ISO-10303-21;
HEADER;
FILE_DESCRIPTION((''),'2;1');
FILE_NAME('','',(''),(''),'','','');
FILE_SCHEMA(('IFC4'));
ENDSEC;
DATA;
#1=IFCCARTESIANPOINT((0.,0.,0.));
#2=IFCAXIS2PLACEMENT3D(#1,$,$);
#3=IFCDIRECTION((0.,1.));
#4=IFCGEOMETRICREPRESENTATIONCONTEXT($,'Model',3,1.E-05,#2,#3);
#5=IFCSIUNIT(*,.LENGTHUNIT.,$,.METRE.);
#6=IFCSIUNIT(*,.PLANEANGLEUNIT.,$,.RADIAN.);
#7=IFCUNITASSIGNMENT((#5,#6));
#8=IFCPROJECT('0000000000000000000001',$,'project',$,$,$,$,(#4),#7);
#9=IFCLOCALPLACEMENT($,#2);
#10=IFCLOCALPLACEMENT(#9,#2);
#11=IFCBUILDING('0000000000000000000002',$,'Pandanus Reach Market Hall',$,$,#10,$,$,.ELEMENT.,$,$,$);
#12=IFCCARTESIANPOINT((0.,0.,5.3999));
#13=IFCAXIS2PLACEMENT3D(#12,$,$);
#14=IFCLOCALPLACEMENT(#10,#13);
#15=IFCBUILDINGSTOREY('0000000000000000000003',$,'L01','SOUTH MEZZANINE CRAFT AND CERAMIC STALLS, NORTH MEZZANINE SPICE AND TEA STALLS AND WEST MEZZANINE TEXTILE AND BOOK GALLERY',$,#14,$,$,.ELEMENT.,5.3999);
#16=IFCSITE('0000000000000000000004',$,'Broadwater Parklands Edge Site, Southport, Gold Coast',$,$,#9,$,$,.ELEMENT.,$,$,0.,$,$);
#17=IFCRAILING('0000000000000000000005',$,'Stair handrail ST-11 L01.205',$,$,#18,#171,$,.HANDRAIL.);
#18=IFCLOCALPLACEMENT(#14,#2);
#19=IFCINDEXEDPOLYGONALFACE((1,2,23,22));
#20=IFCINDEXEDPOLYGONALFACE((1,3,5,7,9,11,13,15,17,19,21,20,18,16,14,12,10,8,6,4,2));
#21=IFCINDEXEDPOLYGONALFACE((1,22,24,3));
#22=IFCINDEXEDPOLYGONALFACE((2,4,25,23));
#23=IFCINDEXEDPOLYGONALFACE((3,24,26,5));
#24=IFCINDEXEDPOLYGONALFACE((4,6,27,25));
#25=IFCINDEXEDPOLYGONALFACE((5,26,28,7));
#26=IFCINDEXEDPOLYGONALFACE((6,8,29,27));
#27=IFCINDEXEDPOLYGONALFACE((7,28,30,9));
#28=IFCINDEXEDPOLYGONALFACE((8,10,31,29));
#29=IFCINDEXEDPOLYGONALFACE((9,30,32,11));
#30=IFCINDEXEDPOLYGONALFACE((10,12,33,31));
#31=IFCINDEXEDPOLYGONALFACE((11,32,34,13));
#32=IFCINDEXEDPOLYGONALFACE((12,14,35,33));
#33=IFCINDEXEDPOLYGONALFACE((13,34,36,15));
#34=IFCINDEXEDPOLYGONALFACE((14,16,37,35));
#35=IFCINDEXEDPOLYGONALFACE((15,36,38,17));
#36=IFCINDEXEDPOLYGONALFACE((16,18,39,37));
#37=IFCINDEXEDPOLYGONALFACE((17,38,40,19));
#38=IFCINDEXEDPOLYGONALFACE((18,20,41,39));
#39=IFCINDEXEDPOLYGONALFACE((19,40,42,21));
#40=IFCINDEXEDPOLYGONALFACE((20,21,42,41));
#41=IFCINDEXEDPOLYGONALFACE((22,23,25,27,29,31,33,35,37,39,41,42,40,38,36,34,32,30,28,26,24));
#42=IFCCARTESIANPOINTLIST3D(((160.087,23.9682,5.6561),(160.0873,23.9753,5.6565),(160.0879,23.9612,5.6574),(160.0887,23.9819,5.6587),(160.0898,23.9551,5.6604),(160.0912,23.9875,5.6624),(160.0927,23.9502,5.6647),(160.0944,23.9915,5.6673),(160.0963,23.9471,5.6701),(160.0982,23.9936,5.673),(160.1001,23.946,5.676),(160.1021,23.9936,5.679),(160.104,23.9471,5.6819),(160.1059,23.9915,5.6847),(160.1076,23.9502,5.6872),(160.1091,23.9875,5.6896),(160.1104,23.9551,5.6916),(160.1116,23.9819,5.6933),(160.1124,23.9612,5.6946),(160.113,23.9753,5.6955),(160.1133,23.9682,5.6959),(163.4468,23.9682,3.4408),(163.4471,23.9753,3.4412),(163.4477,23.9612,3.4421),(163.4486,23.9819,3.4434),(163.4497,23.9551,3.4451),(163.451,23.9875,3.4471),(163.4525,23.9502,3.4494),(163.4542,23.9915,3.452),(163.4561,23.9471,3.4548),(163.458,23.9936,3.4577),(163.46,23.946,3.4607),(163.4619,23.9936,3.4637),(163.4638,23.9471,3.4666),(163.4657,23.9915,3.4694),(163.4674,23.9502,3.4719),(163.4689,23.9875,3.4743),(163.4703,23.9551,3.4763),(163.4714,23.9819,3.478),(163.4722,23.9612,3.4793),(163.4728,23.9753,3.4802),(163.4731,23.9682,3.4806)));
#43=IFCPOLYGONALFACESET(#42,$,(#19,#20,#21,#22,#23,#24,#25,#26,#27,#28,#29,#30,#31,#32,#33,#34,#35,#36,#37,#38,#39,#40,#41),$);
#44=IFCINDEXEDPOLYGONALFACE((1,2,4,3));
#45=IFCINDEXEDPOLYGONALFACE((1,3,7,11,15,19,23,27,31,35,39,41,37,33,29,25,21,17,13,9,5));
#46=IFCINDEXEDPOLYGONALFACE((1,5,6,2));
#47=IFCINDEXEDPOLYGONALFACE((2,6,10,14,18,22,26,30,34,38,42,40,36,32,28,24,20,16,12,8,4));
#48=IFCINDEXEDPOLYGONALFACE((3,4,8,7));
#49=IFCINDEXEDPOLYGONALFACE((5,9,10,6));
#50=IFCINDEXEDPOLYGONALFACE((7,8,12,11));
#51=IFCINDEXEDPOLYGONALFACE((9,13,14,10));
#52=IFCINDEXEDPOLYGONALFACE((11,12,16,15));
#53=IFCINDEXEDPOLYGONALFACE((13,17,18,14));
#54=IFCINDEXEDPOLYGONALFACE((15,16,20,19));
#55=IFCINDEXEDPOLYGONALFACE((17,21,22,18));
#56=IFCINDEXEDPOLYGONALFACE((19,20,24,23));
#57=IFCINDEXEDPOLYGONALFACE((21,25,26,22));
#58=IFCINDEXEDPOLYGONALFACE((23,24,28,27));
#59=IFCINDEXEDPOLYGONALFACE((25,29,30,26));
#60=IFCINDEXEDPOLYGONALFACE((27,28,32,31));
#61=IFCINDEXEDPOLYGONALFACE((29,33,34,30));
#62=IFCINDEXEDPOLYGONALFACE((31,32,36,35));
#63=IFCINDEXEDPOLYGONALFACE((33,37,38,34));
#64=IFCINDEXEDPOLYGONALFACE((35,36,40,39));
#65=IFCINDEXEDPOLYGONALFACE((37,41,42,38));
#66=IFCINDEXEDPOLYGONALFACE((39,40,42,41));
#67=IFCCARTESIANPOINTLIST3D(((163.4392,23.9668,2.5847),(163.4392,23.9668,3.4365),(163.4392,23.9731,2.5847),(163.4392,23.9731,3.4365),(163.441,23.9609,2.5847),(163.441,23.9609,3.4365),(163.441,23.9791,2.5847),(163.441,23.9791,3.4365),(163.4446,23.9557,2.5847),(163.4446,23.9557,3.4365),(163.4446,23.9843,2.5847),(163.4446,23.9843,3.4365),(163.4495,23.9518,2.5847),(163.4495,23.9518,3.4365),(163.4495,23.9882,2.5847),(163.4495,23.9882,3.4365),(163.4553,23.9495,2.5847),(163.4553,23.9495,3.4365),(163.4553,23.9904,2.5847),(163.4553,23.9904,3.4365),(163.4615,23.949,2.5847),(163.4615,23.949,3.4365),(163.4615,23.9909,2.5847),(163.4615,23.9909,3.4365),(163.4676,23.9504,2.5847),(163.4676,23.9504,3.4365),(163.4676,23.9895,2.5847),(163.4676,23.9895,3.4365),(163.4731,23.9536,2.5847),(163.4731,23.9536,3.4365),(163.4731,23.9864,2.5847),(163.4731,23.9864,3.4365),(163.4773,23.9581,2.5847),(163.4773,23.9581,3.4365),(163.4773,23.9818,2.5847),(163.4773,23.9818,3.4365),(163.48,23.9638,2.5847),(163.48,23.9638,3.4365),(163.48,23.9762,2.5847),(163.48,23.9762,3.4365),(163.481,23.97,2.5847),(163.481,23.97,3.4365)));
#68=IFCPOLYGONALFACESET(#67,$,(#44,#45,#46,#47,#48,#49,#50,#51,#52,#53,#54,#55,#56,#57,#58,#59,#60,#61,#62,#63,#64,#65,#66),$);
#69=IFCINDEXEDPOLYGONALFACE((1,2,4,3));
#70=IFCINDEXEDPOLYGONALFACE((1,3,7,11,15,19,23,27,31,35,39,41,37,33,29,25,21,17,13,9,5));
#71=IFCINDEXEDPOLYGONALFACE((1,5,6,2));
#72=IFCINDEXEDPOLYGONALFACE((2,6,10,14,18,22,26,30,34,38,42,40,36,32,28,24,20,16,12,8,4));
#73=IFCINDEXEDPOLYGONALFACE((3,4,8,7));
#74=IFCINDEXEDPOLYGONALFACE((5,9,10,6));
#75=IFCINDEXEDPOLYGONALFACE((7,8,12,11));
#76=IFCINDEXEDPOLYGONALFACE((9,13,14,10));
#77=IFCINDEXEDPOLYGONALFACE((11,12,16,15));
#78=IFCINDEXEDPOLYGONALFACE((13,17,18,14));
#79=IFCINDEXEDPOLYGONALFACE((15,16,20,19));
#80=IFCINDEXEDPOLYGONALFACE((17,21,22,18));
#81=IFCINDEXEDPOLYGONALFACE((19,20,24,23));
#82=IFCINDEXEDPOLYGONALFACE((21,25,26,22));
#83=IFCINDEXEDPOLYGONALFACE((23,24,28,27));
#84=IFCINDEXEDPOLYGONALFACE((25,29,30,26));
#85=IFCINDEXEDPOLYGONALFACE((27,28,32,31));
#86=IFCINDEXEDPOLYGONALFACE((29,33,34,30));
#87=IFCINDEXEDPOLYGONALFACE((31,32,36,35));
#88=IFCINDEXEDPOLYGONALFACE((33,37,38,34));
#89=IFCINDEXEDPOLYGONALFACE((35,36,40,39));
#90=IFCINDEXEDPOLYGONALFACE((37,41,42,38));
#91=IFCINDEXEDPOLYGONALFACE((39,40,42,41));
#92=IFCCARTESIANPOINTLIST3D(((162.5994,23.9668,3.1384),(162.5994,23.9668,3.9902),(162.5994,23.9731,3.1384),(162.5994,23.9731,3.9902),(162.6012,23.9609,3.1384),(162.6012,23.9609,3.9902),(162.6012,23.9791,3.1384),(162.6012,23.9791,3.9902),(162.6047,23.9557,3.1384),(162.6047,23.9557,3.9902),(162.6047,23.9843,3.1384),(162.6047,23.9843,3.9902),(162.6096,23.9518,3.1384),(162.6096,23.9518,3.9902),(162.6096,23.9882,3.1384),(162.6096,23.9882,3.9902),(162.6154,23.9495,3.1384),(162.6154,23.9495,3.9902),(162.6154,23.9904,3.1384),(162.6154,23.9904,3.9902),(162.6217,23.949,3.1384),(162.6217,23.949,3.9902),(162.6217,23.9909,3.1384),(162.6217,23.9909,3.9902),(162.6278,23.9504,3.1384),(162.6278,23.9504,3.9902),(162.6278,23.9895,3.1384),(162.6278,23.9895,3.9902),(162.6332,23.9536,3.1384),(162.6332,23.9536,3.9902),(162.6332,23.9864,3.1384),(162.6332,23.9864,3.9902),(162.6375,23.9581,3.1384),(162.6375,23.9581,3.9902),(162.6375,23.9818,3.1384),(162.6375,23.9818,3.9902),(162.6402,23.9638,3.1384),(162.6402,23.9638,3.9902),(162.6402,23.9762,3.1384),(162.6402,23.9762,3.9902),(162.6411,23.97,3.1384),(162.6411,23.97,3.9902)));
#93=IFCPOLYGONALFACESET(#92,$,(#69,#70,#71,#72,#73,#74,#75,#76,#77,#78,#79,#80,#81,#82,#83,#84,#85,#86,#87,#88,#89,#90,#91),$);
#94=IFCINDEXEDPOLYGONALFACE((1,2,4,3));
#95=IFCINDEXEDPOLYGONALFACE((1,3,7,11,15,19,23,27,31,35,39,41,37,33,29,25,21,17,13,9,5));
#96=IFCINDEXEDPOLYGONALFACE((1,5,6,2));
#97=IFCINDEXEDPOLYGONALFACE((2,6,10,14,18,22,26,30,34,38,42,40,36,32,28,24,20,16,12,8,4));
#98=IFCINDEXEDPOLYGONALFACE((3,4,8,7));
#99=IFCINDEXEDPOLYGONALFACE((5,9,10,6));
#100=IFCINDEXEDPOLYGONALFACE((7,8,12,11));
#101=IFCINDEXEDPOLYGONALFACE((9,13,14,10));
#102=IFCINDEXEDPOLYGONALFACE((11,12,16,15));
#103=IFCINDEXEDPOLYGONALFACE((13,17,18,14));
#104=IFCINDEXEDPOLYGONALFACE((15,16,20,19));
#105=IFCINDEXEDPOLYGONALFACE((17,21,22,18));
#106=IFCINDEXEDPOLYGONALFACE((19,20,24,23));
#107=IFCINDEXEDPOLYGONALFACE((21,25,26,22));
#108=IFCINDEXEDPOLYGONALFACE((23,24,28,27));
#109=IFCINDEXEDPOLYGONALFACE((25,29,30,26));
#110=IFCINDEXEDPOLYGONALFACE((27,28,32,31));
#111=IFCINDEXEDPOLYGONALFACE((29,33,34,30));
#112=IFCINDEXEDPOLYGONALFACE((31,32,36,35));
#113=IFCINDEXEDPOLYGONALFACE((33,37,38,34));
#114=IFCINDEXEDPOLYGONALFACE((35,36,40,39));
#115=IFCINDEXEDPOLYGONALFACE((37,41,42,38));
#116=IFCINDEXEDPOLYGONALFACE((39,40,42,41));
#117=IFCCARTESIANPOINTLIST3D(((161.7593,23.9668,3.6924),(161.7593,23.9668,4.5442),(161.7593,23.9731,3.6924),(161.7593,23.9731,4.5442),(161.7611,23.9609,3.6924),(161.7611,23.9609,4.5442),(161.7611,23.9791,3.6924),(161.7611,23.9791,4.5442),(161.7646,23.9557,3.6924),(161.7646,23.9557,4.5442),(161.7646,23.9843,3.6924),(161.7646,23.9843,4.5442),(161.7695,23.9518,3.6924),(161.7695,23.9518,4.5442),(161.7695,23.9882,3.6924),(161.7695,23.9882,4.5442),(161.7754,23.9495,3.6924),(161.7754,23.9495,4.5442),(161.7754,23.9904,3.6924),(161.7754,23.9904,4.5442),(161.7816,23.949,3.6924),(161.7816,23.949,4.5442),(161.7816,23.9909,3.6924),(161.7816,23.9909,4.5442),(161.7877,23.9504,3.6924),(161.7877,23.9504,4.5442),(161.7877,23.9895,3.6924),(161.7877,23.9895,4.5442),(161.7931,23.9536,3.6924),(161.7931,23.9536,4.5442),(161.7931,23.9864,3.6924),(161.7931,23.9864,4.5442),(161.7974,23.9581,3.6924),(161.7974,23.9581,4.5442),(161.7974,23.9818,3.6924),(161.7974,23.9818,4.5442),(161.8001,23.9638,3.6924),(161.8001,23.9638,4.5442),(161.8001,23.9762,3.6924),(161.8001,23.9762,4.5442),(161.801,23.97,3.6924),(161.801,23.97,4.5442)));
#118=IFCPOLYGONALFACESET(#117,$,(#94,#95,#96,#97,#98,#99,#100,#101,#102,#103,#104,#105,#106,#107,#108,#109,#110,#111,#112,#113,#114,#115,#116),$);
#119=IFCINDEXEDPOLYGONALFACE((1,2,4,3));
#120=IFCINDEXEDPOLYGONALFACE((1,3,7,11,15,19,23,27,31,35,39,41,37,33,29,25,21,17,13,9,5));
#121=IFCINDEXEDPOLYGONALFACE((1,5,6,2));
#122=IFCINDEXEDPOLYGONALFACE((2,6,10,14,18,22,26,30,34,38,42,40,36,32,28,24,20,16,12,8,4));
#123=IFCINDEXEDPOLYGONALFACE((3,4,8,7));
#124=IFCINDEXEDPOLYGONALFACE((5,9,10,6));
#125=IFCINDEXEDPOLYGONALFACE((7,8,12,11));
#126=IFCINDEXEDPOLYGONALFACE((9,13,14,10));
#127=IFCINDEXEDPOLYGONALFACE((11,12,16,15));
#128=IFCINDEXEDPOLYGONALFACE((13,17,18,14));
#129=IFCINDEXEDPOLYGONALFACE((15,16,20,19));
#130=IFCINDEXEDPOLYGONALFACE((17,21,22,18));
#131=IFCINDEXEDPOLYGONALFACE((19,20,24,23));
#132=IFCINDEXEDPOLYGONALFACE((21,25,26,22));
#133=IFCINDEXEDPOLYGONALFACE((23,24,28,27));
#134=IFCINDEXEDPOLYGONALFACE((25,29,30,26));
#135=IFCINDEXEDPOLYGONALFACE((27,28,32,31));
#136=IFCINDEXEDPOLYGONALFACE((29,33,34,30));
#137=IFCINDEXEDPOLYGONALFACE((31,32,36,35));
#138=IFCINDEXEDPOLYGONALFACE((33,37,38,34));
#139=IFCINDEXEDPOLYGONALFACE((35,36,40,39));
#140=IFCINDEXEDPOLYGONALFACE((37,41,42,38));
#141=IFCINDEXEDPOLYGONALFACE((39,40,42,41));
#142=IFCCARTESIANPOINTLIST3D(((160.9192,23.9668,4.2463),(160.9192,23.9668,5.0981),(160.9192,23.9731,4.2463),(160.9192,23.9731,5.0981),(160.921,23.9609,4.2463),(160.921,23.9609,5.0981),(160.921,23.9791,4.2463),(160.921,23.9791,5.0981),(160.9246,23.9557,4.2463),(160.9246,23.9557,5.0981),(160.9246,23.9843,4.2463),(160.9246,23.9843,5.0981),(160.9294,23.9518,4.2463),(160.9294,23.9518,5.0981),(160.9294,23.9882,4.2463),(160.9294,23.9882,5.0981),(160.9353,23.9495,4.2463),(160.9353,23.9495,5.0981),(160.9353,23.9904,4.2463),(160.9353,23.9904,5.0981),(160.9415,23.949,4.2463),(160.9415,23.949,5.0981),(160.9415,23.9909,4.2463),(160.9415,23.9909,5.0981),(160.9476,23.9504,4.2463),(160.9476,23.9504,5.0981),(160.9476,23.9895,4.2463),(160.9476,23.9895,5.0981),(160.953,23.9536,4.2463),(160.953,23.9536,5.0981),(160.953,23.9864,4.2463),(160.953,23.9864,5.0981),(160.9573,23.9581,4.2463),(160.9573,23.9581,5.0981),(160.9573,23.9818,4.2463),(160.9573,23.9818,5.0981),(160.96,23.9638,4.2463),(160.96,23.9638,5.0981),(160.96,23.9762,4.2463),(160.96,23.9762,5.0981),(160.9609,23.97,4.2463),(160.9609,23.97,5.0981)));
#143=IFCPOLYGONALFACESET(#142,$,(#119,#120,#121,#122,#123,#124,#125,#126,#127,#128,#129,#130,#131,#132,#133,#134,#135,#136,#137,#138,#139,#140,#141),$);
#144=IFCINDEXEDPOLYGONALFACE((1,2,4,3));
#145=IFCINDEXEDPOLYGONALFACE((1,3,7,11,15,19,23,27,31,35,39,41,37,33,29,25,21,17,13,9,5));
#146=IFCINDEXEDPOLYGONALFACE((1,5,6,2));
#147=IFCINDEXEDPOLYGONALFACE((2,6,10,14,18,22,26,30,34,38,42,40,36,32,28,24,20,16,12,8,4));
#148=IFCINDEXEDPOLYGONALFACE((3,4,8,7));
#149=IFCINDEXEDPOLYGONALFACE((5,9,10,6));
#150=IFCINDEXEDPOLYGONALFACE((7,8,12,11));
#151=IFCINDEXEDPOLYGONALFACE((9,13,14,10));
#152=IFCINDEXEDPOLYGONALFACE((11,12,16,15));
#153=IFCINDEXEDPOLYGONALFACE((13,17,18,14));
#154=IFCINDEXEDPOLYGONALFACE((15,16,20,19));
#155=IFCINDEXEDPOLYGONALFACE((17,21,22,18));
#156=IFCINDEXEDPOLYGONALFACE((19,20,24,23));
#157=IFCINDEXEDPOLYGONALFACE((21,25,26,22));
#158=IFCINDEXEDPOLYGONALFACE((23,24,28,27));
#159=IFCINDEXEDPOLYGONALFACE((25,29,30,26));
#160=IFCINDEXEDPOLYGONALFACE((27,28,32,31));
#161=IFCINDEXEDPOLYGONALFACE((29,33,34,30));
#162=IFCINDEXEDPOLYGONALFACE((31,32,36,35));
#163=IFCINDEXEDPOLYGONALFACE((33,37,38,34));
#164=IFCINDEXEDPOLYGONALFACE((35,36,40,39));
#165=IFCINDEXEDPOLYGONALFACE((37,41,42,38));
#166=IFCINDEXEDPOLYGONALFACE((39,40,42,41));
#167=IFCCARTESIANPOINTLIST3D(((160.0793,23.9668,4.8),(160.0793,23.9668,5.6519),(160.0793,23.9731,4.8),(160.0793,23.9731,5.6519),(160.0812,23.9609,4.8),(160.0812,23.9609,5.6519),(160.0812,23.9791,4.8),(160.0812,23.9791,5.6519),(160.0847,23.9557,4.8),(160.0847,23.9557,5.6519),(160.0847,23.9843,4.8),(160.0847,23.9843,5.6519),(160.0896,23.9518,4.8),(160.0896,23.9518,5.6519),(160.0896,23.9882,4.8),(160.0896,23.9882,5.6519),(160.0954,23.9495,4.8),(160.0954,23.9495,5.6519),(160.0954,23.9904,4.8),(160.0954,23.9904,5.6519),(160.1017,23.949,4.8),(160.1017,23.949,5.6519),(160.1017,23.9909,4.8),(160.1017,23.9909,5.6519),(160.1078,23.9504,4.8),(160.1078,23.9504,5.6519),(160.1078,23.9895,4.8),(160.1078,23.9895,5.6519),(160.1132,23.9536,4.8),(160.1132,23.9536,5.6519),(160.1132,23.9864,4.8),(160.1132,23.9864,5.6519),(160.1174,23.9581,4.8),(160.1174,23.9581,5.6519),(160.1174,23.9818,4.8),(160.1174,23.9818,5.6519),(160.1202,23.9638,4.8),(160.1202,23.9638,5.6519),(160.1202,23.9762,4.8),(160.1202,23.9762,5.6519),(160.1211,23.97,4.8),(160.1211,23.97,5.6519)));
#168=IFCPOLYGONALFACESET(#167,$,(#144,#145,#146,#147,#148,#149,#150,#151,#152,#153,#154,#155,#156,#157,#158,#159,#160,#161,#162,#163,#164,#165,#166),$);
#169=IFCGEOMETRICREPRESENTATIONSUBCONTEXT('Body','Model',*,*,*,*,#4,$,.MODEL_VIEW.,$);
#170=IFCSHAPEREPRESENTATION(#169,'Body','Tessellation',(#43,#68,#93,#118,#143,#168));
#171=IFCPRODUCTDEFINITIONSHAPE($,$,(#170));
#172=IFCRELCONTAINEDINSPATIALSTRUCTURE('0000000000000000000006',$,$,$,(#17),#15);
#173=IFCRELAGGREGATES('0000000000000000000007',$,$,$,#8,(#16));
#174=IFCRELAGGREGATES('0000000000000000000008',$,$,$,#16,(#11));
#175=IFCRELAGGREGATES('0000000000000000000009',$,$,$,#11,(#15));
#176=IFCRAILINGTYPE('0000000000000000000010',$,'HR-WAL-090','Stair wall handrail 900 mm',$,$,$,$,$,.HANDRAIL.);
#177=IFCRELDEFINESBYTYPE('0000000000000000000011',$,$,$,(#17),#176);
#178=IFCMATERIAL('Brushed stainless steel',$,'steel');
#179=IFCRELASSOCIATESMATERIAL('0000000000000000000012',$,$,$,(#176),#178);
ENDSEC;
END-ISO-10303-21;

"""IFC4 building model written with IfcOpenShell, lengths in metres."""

from ifc_helpers import new_model, si_unit, direction, frame, origin, origin_2d, place, context, subcontext, project, spatial, circle, extrude, material, type_object, element, save


model = new_model("IFC4")

# Units and contexts
model_context = context("Model", 3, precision=1e-05, world=origin(), true_north=direction((0.0, 1.0)))
body_context = subcontext(model_context, "Body", "Model", "MODEL_VIEW")
ifc_project = project(units=[si_unit("LENGTHUNIT", "METRE"), si_unit("PLANEANGLEUNIT", "RADIAN")], contexts=[model_context])

# Site, building, storey
site_placement = place(None, origin())
site = spatial("IfcSite", under=ifc_project, at=site_placement, Name="Broadwater Parklands Edge Site, Southport, Gold Coast", CompositionType="ELEMENT", RefElevation=0.0)
building_placement = place(site_placement, origin())
building = spatial("IfcBuilding", under=site, at=building_placement, Name="Pandanus Reach Market Hall", CompositionType="ELEMENT")
storey_placement = place(building_placement, frame((0.0, 0.0, 5.3999)))
storey = spatial("IfcBuildingStorey", under=building, at=storey_placement, Name="L01", Description="SOUTH MEZZANINE CRAFT AND CERAMIC STALLS, NORTH MEZZANINE SPICE AND TEA STALLS AND WEST MEZZANINE TEXTILE AND BOOK GALLERY", CompositionType="ELEMENT", Elevation=5.3999)

# Railing
ifc_material_1 = material(Name="Brushed stainless steel", Category="steel")
railing_type_1 = type_object("IfcRailingType", Name="HR-WAL-090", Description="Stair wall handrail 900 mm", PredefinedType="HANDRAIL", material=ifc_material_1)
railing_1_placement = place(storey_placement, frame((163.46, 23.97, 2.5847)))
element("IfcRailing", 1, at=railing_1_placement, inside=storey, type_object=railing_type_1, Name="Stair handrail ST-11 L01.205", PredefinedType="HANDRAIL", context=body_context, shape_type="SweptSolid", body=[
    extrude(circle(Radius=0.0239, at=origin_2d()), frame((0.0, 0.0, 0.876), z_axis=(-0.834858, 0.0, 0.550465), x_axis=(0.0, -1.0, 0.0)), (0.0, 0.0, 1.0), 4.0244),
    extrude(circle(Radius=0.021, at=origin_2d()), origin(), (0.0, 0.0, 1.0), 0.8518),
    extrude(circle(Radius=0.021, at=origin_2d()), frame((-0.8398, 0.0, 0.5537)), (0.0, 0.0, 1.0), 0.8518),
    extrude(circle(Radius=0.021, at=origin_2d()), frame((-1.6799, 0.0, 1.1077)), (0.0, 0.0, 1.0), 0.8518),
    extrude(circle(Radius=0.021, at=origin_2d()), frame((-2.52, 0.0, 1.6616)), (0.0, 0.0, 1.0), 0.8518),
    extrude(circle(Radius=0.021, at=origin_2d()), frame((-3.3599, 0.0, 2.2153)), (0.0, 0.0, 1.0), 0.8518),
])

save(model, "model.ifc")
